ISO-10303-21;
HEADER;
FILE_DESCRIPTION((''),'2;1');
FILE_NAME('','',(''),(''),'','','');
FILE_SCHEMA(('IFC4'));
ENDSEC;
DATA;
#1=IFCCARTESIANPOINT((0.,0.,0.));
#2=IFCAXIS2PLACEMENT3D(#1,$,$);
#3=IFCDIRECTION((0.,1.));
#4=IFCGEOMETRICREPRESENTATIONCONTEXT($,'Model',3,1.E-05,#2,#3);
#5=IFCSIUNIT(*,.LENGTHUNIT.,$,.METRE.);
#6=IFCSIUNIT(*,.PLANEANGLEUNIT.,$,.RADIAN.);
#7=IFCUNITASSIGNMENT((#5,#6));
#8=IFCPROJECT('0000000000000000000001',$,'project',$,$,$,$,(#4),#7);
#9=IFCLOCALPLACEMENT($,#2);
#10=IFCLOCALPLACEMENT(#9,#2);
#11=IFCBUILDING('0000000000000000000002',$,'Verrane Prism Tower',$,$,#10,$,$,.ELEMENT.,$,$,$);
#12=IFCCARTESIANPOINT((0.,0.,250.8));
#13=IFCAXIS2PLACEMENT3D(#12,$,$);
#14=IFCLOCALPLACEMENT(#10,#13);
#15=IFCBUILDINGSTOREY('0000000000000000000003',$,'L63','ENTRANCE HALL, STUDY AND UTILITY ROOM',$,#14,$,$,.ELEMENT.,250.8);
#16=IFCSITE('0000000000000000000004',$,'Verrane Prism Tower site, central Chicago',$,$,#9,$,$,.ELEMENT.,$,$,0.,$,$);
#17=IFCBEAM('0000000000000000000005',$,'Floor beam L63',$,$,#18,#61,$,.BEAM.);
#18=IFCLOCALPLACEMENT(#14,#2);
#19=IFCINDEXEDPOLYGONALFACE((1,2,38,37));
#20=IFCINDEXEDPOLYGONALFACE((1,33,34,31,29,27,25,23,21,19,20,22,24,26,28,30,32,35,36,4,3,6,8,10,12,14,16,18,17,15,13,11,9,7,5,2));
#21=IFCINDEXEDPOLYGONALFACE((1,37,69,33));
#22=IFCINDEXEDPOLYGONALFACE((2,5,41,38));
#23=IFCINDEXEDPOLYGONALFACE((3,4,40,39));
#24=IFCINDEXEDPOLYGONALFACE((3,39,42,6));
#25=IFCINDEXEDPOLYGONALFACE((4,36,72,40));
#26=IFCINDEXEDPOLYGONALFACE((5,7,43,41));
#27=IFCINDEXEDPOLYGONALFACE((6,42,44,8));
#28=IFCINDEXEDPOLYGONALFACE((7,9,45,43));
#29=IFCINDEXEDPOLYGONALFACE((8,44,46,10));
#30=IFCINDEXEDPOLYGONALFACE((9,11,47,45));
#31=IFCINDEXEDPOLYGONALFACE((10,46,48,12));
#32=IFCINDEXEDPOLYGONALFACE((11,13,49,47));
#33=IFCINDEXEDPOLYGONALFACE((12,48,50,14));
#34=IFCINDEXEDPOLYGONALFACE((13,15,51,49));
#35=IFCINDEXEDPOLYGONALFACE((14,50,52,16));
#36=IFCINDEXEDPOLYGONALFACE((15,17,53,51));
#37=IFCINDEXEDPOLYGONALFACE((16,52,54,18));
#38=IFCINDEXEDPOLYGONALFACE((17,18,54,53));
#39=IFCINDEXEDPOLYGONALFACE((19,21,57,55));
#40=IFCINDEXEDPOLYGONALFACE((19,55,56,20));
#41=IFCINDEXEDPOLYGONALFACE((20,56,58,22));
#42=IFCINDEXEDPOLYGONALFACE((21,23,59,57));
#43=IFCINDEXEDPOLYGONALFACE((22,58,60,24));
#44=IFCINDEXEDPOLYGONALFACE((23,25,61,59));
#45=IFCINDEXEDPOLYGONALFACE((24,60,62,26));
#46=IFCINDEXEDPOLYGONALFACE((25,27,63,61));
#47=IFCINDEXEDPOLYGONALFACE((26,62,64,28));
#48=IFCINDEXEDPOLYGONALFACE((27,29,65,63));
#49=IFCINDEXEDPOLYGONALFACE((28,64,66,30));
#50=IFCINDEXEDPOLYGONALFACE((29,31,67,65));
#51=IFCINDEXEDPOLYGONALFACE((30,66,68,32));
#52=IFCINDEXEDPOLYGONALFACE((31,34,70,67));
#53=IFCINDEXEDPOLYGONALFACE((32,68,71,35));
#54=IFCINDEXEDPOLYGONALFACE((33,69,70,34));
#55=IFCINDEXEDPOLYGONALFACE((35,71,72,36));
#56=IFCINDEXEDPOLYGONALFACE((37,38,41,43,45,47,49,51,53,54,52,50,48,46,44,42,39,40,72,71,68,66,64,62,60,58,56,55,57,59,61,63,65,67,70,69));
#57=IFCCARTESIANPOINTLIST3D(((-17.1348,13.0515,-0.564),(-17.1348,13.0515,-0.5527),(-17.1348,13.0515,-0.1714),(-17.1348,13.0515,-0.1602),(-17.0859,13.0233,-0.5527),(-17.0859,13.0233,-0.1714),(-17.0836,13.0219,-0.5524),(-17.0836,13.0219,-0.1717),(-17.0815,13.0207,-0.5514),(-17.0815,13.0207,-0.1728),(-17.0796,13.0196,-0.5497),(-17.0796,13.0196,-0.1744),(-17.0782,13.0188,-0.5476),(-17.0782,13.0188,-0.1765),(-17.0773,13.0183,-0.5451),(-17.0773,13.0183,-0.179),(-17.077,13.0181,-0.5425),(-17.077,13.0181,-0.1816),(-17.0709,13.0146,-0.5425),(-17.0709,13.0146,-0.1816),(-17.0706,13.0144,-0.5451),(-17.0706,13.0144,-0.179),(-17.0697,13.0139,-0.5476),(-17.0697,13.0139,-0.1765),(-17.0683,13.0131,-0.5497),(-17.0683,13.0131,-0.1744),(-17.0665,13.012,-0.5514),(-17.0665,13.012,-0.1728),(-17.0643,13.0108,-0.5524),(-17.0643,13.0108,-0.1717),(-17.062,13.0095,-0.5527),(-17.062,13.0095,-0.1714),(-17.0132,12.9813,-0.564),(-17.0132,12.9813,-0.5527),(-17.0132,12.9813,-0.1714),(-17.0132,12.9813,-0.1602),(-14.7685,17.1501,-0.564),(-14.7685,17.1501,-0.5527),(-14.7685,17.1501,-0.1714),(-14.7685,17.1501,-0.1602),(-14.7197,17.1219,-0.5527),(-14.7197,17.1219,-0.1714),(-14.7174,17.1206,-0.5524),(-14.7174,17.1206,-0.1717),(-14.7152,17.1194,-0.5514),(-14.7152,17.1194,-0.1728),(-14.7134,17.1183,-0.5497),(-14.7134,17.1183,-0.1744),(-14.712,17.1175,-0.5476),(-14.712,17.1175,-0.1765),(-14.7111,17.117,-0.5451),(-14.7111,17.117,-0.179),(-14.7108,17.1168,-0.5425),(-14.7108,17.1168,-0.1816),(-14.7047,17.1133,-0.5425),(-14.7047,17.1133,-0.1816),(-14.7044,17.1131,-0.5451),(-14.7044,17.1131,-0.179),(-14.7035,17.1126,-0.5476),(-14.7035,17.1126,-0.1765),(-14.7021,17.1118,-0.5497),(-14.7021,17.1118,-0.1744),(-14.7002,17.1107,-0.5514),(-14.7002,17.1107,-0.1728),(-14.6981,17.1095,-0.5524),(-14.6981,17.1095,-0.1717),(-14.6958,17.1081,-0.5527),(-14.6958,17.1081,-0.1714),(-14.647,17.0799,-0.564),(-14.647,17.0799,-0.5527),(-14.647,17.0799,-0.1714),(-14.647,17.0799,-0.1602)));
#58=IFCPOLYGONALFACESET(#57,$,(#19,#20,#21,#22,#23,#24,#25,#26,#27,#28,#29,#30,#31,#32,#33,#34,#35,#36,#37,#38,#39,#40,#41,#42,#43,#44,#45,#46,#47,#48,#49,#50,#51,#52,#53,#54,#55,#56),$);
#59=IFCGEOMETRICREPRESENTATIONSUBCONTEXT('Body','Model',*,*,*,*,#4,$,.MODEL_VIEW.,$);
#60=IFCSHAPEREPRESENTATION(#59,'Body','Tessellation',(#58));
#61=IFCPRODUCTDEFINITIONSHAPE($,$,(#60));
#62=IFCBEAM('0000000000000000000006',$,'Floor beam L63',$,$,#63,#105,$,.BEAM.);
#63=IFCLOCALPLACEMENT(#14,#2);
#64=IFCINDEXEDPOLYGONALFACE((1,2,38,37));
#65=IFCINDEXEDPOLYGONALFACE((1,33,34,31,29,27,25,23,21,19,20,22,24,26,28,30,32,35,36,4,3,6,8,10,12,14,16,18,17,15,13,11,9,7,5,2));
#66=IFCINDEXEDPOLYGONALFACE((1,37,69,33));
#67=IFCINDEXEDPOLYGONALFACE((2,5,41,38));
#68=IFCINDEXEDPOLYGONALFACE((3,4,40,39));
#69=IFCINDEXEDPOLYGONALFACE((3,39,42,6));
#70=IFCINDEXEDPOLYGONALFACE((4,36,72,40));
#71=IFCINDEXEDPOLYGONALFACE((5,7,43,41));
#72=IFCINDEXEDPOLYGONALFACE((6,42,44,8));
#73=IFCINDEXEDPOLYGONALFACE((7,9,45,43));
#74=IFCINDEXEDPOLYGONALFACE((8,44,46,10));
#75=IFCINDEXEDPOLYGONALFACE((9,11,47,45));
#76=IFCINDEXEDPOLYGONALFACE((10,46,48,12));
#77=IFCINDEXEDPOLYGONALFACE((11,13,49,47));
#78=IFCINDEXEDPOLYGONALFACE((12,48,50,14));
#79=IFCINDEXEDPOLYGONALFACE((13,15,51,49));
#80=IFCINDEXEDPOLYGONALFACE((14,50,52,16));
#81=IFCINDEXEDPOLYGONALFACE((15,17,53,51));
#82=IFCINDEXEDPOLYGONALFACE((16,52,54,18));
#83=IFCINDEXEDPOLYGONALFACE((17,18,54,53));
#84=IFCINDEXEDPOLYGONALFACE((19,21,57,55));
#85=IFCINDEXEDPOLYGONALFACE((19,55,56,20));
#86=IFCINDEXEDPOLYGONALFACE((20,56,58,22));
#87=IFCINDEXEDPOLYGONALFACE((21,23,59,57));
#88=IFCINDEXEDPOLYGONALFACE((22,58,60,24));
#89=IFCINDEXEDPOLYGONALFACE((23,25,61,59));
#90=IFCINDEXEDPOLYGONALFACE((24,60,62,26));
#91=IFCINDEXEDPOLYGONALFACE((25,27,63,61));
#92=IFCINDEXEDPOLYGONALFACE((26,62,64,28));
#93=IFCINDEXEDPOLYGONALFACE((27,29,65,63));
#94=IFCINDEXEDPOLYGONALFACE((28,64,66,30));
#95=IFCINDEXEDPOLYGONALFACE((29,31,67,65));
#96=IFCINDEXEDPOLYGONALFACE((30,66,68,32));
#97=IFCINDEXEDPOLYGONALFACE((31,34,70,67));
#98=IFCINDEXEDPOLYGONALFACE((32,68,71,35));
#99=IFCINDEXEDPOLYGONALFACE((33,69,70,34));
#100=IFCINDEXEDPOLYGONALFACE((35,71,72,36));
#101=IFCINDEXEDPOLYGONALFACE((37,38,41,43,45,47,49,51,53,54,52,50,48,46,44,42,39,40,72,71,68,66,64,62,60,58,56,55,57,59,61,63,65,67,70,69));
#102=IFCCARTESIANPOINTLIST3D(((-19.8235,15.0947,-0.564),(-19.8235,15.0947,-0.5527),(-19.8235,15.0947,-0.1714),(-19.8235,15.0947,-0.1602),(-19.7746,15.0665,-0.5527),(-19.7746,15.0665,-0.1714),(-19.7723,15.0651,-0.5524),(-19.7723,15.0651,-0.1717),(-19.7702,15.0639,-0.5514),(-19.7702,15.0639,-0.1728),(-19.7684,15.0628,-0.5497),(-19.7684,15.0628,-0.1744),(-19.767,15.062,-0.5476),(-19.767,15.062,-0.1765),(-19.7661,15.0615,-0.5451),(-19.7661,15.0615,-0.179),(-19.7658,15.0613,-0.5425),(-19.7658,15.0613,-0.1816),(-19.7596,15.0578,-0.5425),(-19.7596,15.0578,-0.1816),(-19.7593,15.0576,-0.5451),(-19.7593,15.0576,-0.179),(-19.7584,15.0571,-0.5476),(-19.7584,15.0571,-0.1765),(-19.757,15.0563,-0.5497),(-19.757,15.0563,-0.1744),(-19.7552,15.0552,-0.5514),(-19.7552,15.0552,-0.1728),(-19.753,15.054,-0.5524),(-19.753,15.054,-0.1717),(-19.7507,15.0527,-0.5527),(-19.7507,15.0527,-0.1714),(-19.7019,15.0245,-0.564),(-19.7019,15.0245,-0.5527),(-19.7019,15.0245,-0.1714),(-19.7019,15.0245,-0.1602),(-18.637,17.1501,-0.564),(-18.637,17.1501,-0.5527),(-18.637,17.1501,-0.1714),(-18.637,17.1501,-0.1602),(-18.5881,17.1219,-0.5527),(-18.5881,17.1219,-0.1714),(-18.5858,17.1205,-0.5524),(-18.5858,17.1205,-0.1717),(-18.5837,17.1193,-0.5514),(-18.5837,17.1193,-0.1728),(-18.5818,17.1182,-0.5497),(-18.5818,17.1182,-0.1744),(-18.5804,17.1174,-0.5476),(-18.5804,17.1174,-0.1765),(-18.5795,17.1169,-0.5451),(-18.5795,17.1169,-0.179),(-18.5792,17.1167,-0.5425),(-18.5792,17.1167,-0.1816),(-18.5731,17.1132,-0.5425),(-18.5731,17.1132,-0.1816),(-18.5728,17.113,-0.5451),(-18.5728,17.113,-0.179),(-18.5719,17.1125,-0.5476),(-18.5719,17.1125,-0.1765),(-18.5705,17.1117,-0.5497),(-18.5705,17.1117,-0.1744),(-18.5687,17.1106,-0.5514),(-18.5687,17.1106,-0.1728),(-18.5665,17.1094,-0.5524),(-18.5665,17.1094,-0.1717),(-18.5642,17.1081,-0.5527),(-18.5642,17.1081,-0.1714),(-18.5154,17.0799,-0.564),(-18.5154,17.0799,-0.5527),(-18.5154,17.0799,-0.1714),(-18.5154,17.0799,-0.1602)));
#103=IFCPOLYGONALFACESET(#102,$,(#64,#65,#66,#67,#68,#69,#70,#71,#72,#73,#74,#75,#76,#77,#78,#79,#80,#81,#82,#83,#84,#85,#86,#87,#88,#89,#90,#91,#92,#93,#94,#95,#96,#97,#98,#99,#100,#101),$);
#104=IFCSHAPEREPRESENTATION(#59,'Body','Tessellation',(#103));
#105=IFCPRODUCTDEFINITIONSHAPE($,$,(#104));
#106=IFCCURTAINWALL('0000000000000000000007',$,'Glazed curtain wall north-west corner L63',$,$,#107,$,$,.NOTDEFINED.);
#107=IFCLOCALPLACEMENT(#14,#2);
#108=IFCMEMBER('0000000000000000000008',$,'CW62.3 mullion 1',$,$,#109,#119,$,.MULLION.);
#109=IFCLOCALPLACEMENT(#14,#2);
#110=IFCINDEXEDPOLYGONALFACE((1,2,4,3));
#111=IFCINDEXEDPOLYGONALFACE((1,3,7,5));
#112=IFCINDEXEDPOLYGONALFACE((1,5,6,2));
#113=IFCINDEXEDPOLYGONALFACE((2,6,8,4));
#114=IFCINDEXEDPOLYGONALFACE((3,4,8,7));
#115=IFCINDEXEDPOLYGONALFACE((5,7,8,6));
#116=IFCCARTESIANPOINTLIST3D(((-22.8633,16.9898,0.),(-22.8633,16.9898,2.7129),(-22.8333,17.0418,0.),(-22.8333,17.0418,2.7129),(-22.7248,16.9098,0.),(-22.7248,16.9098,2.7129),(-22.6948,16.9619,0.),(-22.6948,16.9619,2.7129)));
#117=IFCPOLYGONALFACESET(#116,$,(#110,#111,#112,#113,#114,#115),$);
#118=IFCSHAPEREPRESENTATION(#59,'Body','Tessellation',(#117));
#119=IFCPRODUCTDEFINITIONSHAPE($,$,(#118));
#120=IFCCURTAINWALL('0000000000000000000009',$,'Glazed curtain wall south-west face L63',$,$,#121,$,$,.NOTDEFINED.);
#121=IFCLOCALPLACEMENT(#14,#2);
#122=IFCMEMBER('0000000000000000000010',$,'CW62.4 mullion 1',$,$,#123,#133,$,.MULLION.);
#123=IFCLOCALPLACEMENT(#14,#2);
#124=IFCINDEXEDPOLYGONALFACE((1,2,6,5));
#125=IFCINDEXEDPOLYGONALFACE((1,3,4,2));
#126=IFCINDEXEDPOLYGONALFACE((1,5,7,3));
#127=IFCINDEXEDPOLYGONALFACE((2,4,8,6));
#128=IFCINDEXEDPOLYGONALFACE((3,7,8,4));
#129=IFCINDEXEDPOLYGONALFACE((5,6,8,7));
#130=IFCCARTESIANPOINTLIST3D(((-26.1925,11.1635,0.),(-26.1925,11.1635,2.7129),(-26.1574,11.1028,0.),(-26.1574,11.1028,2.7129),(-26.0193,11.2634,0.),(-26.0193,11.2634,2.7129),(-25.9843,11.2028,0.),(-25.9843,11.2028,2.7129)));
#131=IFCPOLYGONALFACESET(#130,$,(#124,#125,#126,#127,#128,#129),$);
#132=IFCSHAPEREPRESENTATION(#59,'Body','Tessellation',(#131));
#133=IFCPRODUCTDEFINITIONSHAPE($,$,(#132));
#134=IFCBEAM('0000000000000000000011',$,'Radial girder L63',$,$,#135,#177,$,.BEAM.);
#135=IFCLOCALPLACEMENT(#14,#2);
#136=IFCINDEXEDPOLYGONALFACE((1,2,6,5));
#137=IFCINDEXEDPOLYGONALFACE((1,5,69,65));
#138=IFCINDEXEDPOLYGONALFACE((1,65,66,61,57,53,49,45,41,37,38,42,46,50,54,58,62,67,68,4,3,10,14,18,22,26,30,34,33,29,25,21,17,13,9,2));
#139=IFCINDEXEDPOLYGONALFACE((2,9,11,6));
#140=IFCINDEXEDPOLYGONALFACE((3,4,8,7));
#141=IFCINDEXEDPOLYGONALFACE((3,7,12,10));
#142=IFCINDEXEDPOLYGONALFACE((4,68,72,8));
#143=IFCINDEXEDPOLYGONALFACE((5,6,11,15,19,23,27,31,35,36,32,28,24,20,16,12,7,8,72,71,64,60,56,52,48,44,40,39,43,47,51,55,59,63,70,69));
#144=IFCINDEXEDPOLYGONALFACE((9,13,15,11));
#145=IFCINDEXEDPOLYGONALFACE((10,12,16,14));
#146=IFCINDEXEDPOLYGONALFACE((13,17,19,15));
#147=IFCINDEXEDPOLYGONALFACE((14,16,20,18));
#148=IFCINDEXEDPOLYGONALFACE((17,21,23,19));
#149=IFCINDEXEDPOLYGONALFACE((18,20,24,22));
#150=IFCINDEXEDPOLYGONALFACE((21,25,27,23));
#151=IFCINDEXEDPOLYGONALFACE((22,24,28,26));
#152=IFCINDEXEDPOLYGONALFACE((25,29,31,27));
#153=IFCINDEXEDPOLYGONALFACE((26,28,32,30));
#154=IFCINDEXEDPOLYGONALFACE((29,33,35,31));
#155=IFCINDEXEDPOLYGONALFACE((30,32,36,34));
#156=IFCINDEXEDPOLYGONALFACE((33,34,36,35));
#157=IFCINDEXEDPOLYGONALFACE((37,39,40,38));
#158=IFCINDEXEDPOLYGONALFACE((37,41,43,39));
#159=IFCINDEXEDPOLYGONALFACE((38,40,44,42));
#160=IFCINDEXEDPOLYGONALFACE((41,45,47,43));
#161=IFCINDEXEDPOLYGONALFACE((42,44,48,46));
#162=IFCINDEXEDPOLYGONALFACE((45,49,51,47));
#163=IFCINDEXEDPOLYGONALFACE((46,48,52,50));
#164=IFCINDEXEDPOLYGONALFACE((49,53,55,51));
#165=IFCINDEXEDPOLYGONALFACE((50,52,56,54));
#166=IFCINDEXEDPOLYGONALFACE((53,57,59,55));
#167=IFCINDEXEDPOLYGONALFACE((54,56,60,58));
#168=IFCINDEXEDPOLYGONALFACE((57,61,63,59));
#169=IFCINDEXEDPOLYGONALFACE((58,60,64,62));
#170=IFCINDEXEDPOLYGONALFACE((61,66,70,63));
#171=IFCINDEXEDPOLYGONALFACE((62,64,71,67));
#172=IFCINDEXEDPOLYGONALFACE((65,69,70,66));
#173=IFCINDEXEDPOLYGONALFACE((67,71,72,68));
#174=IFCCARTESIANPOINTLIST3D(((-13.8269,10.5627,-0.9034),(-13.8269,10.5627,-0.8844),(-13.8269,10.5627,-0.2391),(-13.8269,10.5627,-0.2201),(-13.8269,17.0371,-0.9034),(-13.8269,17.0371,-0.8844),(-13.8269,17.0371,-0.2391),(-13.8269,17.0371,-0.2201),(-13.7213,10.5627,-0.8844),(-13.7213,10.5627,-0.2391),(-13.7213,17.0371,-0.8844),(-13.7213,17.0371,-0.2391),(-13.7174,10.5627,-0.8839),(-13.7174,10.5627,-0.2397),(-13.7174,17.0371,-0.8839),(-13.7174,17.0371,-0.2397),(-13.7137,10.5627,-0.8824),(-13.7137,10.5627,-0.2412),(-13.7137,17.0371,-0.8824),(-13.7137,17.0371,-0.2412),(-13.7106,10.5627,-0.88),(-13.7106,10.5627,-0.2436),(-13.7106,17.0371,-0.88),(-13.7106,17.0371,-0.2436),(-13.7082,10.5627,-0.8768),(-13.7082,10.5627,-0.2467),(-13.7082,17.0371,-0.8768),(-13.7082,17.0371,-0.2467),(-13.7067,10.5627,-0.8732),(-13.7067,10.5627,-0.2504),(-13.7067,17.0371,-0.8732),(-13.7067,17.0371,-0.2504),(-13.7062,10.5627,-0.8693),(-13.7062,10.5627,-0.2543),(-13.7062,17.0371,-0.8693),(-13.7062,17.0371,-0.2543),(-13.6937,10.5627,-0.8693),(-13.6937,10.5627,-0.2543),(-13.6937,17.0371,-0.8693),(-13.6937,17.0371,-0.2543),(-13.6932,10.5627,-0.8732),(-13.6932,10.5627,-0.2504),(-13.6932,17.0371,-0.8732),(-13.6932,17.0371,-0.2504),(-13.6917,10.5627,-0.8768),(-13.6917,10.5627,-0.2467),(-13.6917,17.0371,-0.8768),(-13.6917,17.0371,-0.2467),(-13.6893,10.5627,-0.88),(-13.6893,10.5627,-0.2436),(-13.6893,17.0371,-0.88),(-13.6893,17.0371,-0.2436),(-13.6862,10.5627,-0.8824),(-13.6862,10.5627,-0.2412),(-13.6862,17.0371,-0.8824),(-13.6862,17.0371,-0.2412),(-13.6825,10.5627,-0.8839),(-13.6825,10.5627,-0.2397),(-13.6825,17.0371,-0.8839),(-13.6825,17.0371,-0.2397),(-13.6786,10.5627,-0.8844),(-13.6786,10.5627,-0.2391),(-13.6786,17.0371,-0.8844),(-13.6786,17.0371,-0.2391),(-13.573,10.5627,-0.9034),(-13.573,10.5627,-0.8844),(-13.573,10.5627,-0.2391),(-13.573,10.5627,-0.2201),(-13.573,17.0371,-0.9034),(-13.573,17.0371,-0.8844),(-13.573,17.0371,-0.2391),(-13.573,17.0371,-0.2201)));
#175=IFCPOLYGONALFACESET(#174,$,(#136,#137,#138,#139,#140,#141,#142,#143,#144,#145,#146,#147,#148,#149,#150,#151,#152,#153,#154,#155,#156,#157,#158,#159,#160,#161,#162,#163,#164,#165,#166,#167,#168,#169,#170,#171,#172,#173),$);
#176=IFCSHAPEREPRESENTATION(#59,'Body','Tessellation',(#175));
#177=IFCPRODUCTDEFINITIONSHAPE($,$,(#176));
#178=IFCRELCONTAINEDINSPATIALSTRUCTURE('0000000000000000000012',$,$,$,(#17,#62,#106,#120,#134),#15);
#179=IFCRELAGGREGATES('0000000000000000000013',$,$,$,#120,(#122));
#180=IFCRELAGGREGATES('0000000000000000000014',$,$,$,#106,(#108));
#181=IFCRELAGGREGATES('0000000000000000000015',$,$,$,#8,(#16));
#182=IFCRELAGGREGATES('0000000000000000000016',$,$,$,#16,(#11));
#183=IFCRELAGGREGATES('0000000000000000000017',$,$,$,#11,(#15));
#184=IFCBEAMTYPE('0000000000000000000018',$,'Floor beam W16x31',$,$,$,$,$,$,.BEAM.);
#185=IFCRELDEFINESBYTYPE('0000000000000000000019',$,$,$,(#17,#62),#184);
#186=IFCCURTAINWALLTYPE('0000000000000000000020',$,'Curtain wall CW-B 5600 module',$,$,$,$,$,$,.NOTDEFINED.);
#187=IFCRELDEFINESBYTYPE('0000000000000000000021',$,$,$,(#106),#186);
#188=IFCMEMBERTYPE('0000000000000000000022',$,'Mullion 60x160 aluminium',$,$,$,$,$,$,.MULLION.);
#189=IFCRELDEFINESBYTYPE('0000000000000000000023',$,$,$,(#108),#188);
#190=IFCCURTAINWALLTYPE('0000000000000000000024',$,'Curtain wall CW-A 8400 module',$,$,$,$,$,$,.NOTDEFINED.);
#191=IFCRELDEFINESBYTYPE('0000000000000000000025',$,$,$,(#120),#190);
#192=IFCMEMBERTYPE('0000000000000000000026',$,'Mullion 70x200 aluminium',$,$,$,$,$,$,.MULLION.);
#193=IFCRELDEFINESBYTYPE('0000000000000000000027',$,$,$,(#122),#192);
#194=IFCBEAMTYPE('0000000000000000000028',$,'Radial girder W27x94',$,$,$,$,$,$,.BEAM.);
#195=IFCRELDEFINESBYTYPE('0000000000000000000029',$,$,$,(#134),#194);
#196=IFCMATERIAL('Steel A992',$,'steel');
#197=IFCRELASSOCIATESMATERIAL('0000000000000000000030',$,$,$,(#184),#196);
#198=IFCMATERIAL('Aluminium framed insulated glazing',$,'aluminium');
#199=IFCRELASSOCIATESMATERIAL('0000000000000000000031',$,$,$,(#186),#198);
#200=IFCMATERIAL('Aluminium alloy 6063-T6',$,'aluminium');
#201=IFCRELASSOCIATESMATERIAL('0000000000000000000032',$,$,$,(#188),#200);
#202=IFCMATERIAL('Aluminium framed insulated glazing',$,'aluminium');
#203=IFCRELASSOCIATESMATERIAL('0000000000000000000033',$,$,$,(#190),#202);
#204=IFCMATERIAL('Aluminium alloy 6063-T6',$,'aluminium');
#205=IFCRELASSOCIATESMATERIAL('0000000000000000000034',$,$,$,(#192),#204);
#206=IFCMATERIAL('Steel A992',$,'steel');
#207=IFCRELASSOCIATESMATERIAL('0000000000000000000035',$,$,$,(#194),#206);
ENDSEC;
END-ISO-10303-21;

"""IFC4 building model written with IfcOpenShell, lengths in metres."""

from ifc_helpers import new_model, si_unit, direction, frame, origin, origin_2d, place, context, subcontext, project, spatial, rectangle, i_section, extrude, material, material_profile, profile_set, type_object, element, aggregate, save


model = new_model("IFC4")

# Units and contexts
model_context = context("Model", 3, precision=1e-05, world=origin(), true_north=direction((0.0, 1.0)))
body_context = subcontext(model_context, "Body", "Model", "MODEL_VIEW")
ifc_project = project(units=[si_unit("LENGTHUNIT", "METRE"), si_unit("PLANEANGLEUNIT", "RADIAN")], contexts=[model_context])

# Site, building, storey
site_placement = place(None, origin())
site = spatial("IfcSite", under=ifc_project, at=site_placement, Name="Verrane Prism Tower site, central Chicago", CompositionType="ELEMENT", RefElevation=0.0)
building_placement = place(site_placement, origin())
building = spatial("IfcBuilding", under=site, at=building_placement, Name="Verrane Prism Tower", CompositionType="ELEMENT")
storey_placement = place(building_placement, frame((0.0, 0.0, 250.8)))
storey = spatial("IfcBuildingStorey", under=building, at=storey_placement, Name="L63", Description="ENTRANCE HALL, STUDY AND UTILITY ROOM", CompositionType="ELEMENT", Elevation=250.8)

# Beams
ifc_material_1 = material(Name="Steel A992", Category="steel")
ifc_material_profile_1 = material_profile(ifc_material_1, i_section(OverallWidth=0.1404, OverallDepth=0.4038, WebThickness=0.0071, FlangeThickness=0.0112, FilletRadius=0.0103, at=origin_2d()), Name="W16x31")
ifc_profile_set_1 = profile_set([ifc_material_profile_1], Name="Steel A992")
beam_type_1 = type_object("IfcBeamType", Name="Floor beam W16x31", PredefinedType="BEAM", material=ifc_profile_set_1)
beam_1_placement = place(storey_placement, frame((-17.074, 13.0164, -0.3621), z_axis=(0.499978, 0.866038, 0.0), x_axis=(-0.866038, 0.499978, 0.0)))
element("IfcBeam", 1, at=beam_1_placement, inside=storey, type_object=beam_type_1, Name="Floor beam L63", PredefinedType="BEAM", context=body_context, shape_type="SweptSolid", body=[
    extrude(i_section(OverallWidth=0.1404, OverallDepth=0.4038, WebThickness=0.0071, FlangeThickness=0.0112, FilletRadius=0.0103, at=origin_2d()), origin(), (0.0, 0.0, 1.0), 4.7327),
])
beam_2_placement = place(storey_placement, frame((-19.7627, 15.0596, -0.3621), z_axis=(0.499945, 0.866057, 0.0), x_axis=(-0.866057, 0.499945, 0.0)))
element("IfcBeam", 2, at=beam_2_placement, inside=storey, type_object=beam_type_1, Name="Floor beam L63", PredefinedType="BEAM", context=body_context, shape_type="SweptSolid", body=[
    extrude(i_section(OverallWidth=0.1404, OverallDepth=0.4038, WebThickness=0.0071, FlangeThickness=0.0112, FilletRadius=0.0103, at=origin_2d()), origin(), (0.0, 0.0, 1.0), 2.3733),
])

# Curtain walls, members
ifc_material_2 = material(Name="Aluminium framed insulated glazing", Category="aluminium")
curtain_wall_type_1 = type_object("IfcCurtainWallType", Name="Curtain wall CW-B 5600 module", PredefinedType="NOTDEFINED", material=ifc_material_2)
curtain_wall_1_placement = place(storey_placement, origin())
curtain_wall_1 = element("IfcCurtainWall", 3, at=curtain_wall_1_placement, inside=storey, type_object=curtain_wall_type_1, Name="Glazed curtain wall north-west corner L63", PredefinedType="NOTDEFINED")
ifc_material_3 = material(Name="Aluminium alloy 6063-T6", Category="aluminium")
ifc_material_profile_2 = material_profile(ifc_material_3, rectangle(XDim=0.1599, YDim=0.0601, at=origin_2d()), Name="Mullion 60x160 aluminium")
ifc_profile_set_2 = profile_set([ifc_material_profile_2], Name="Aluminium alloy 6063-T6")
member_type_1 = type_object("IfcMemberType", Name="Mullion 60x160 aluminium", PredefinedType="MULLION", material=ifc_profile_set_2)
member_1_placement = place(storey_placement, frame((-22.7791, 16.9758, 0.0), z_axis=(0.0, 0.0, 1.0), x_axis=(0.866028, -0.499996, 0.0)))
member_1 = element("IfcMember", 4, at=member_1_placement, type_object=member_type_1, Name="CW62.3 mullion 1", PredefinedType="MULLION", context=body_context, shape_type="SweptSolid", body=[
    extrude(rectangle(XDim=0.1599, YDim=0.0601, at=origin_2d()), origin(), (0.0, 0.0, 1.0), 2.7129),
])
ifc_material_4 = material(Name="Aluminium framed insulated glazing", Category="aluminium")
curtain_wall_type_2 = type_object("IfcCurtainWallType", Name="Curtain wall CW-A 8400 module", PredefinedType="NOTDEFINED", material=ifc_material_4)
curtain_wall_2_placement = place(storey_placement, origin())
curtain_wall_2 = element("IfcCurtainWall", 5, at=curtain_wall_2_placement, inside=storey, type_object=curtain_wall_type_2, Name="Glazed curtain wall south-west face L63", PredefinedType="NOTDEFINED")
ifc_material_5 = material(Name="Aluminium alloy 6063-T6", Category="aluminium")
ifc_material_profile_3 = material_profile(ifc_material_5, rectangle(XDim=0.2, YDim=0.0701, at=origin_2d()), Name="Mullion 70x200 aluminium")
ifc_profile_set_3 = profile_set([ifc_material_profile_3], Name="Aluminium alloy 6063-T6")
member_type_2 = type_object("IfcMemberType", Name="Mullion 70x200 aluminium", PredefinedType="MULLION", material=ifc_profile_set_3)
member_2_placement = place(storey_placement, frame((-26.0884, 11.1831, 0.0), z_axis=(0.0, 0.0, 1.0), x_axis=(0.866026, 0.5, 0.0)))
member_2 = element("IfcMember", 6, at=member_2_placement, type_object=member_type_2, Name="CW62.4 mullion 1", PredefinedType="MULLION", context=body_context, shape_type="SweptSolid", body=[
    extrude(rectangle(XDim=0.2, YDim=0.0701, at=origin_2d()), origin(), (0.0, 0.0, 1.0), 2.7129),
])
aggregate(curtain_wall_2, [member_2])

# Beam
ifc_material_6 = material(Name="Steel A992", Category="steel")
ifc_material_profile_4 = material_profile(ifc_material_6, i_section(OverallWidth=0.2539, OverallDepth=0.6833, WebThickness=0.0125, FlangeThickness=0.019, FilletRadius=0.0151, at=origin_2d()), Name="W27x94")
ifc_profile_set_4 = profile_set([ifc_material_profile_4], Name="Steel A992")
beam_type_2 = type_object("IfcBeamType", Name="Radial girder W27x94", PredefinedType="BEAM", material=ifc_profile_set_4)
beam_3_placement = place(storey_placement, frame((-13.7, 17.0371, -0.5618), z_axis=(0.0, -1.0, 0.0), x_axis=(1.0, 0.0, 0.0)))
element("IfcBeam", 7, at=beam_3_placement, inside=storey, type_object=beam_type_2, Name="Radial girder L63", PredefinedType="BEAM", context=body_context, shape_type="SweptSolid", body=[
    extrude(i_section(OverallWidth=0.2539, OverallDepth=0.6833, WebThickness=0.0125, FlangeThickness=0.019, FilletRadius=0.0151, at=origin_2d()), origin(), (0.0, 0.0, 1.0), 6.4744),
])

aggregate(curtain_wall_1, [member_1])

save(model, "model.ifc")
